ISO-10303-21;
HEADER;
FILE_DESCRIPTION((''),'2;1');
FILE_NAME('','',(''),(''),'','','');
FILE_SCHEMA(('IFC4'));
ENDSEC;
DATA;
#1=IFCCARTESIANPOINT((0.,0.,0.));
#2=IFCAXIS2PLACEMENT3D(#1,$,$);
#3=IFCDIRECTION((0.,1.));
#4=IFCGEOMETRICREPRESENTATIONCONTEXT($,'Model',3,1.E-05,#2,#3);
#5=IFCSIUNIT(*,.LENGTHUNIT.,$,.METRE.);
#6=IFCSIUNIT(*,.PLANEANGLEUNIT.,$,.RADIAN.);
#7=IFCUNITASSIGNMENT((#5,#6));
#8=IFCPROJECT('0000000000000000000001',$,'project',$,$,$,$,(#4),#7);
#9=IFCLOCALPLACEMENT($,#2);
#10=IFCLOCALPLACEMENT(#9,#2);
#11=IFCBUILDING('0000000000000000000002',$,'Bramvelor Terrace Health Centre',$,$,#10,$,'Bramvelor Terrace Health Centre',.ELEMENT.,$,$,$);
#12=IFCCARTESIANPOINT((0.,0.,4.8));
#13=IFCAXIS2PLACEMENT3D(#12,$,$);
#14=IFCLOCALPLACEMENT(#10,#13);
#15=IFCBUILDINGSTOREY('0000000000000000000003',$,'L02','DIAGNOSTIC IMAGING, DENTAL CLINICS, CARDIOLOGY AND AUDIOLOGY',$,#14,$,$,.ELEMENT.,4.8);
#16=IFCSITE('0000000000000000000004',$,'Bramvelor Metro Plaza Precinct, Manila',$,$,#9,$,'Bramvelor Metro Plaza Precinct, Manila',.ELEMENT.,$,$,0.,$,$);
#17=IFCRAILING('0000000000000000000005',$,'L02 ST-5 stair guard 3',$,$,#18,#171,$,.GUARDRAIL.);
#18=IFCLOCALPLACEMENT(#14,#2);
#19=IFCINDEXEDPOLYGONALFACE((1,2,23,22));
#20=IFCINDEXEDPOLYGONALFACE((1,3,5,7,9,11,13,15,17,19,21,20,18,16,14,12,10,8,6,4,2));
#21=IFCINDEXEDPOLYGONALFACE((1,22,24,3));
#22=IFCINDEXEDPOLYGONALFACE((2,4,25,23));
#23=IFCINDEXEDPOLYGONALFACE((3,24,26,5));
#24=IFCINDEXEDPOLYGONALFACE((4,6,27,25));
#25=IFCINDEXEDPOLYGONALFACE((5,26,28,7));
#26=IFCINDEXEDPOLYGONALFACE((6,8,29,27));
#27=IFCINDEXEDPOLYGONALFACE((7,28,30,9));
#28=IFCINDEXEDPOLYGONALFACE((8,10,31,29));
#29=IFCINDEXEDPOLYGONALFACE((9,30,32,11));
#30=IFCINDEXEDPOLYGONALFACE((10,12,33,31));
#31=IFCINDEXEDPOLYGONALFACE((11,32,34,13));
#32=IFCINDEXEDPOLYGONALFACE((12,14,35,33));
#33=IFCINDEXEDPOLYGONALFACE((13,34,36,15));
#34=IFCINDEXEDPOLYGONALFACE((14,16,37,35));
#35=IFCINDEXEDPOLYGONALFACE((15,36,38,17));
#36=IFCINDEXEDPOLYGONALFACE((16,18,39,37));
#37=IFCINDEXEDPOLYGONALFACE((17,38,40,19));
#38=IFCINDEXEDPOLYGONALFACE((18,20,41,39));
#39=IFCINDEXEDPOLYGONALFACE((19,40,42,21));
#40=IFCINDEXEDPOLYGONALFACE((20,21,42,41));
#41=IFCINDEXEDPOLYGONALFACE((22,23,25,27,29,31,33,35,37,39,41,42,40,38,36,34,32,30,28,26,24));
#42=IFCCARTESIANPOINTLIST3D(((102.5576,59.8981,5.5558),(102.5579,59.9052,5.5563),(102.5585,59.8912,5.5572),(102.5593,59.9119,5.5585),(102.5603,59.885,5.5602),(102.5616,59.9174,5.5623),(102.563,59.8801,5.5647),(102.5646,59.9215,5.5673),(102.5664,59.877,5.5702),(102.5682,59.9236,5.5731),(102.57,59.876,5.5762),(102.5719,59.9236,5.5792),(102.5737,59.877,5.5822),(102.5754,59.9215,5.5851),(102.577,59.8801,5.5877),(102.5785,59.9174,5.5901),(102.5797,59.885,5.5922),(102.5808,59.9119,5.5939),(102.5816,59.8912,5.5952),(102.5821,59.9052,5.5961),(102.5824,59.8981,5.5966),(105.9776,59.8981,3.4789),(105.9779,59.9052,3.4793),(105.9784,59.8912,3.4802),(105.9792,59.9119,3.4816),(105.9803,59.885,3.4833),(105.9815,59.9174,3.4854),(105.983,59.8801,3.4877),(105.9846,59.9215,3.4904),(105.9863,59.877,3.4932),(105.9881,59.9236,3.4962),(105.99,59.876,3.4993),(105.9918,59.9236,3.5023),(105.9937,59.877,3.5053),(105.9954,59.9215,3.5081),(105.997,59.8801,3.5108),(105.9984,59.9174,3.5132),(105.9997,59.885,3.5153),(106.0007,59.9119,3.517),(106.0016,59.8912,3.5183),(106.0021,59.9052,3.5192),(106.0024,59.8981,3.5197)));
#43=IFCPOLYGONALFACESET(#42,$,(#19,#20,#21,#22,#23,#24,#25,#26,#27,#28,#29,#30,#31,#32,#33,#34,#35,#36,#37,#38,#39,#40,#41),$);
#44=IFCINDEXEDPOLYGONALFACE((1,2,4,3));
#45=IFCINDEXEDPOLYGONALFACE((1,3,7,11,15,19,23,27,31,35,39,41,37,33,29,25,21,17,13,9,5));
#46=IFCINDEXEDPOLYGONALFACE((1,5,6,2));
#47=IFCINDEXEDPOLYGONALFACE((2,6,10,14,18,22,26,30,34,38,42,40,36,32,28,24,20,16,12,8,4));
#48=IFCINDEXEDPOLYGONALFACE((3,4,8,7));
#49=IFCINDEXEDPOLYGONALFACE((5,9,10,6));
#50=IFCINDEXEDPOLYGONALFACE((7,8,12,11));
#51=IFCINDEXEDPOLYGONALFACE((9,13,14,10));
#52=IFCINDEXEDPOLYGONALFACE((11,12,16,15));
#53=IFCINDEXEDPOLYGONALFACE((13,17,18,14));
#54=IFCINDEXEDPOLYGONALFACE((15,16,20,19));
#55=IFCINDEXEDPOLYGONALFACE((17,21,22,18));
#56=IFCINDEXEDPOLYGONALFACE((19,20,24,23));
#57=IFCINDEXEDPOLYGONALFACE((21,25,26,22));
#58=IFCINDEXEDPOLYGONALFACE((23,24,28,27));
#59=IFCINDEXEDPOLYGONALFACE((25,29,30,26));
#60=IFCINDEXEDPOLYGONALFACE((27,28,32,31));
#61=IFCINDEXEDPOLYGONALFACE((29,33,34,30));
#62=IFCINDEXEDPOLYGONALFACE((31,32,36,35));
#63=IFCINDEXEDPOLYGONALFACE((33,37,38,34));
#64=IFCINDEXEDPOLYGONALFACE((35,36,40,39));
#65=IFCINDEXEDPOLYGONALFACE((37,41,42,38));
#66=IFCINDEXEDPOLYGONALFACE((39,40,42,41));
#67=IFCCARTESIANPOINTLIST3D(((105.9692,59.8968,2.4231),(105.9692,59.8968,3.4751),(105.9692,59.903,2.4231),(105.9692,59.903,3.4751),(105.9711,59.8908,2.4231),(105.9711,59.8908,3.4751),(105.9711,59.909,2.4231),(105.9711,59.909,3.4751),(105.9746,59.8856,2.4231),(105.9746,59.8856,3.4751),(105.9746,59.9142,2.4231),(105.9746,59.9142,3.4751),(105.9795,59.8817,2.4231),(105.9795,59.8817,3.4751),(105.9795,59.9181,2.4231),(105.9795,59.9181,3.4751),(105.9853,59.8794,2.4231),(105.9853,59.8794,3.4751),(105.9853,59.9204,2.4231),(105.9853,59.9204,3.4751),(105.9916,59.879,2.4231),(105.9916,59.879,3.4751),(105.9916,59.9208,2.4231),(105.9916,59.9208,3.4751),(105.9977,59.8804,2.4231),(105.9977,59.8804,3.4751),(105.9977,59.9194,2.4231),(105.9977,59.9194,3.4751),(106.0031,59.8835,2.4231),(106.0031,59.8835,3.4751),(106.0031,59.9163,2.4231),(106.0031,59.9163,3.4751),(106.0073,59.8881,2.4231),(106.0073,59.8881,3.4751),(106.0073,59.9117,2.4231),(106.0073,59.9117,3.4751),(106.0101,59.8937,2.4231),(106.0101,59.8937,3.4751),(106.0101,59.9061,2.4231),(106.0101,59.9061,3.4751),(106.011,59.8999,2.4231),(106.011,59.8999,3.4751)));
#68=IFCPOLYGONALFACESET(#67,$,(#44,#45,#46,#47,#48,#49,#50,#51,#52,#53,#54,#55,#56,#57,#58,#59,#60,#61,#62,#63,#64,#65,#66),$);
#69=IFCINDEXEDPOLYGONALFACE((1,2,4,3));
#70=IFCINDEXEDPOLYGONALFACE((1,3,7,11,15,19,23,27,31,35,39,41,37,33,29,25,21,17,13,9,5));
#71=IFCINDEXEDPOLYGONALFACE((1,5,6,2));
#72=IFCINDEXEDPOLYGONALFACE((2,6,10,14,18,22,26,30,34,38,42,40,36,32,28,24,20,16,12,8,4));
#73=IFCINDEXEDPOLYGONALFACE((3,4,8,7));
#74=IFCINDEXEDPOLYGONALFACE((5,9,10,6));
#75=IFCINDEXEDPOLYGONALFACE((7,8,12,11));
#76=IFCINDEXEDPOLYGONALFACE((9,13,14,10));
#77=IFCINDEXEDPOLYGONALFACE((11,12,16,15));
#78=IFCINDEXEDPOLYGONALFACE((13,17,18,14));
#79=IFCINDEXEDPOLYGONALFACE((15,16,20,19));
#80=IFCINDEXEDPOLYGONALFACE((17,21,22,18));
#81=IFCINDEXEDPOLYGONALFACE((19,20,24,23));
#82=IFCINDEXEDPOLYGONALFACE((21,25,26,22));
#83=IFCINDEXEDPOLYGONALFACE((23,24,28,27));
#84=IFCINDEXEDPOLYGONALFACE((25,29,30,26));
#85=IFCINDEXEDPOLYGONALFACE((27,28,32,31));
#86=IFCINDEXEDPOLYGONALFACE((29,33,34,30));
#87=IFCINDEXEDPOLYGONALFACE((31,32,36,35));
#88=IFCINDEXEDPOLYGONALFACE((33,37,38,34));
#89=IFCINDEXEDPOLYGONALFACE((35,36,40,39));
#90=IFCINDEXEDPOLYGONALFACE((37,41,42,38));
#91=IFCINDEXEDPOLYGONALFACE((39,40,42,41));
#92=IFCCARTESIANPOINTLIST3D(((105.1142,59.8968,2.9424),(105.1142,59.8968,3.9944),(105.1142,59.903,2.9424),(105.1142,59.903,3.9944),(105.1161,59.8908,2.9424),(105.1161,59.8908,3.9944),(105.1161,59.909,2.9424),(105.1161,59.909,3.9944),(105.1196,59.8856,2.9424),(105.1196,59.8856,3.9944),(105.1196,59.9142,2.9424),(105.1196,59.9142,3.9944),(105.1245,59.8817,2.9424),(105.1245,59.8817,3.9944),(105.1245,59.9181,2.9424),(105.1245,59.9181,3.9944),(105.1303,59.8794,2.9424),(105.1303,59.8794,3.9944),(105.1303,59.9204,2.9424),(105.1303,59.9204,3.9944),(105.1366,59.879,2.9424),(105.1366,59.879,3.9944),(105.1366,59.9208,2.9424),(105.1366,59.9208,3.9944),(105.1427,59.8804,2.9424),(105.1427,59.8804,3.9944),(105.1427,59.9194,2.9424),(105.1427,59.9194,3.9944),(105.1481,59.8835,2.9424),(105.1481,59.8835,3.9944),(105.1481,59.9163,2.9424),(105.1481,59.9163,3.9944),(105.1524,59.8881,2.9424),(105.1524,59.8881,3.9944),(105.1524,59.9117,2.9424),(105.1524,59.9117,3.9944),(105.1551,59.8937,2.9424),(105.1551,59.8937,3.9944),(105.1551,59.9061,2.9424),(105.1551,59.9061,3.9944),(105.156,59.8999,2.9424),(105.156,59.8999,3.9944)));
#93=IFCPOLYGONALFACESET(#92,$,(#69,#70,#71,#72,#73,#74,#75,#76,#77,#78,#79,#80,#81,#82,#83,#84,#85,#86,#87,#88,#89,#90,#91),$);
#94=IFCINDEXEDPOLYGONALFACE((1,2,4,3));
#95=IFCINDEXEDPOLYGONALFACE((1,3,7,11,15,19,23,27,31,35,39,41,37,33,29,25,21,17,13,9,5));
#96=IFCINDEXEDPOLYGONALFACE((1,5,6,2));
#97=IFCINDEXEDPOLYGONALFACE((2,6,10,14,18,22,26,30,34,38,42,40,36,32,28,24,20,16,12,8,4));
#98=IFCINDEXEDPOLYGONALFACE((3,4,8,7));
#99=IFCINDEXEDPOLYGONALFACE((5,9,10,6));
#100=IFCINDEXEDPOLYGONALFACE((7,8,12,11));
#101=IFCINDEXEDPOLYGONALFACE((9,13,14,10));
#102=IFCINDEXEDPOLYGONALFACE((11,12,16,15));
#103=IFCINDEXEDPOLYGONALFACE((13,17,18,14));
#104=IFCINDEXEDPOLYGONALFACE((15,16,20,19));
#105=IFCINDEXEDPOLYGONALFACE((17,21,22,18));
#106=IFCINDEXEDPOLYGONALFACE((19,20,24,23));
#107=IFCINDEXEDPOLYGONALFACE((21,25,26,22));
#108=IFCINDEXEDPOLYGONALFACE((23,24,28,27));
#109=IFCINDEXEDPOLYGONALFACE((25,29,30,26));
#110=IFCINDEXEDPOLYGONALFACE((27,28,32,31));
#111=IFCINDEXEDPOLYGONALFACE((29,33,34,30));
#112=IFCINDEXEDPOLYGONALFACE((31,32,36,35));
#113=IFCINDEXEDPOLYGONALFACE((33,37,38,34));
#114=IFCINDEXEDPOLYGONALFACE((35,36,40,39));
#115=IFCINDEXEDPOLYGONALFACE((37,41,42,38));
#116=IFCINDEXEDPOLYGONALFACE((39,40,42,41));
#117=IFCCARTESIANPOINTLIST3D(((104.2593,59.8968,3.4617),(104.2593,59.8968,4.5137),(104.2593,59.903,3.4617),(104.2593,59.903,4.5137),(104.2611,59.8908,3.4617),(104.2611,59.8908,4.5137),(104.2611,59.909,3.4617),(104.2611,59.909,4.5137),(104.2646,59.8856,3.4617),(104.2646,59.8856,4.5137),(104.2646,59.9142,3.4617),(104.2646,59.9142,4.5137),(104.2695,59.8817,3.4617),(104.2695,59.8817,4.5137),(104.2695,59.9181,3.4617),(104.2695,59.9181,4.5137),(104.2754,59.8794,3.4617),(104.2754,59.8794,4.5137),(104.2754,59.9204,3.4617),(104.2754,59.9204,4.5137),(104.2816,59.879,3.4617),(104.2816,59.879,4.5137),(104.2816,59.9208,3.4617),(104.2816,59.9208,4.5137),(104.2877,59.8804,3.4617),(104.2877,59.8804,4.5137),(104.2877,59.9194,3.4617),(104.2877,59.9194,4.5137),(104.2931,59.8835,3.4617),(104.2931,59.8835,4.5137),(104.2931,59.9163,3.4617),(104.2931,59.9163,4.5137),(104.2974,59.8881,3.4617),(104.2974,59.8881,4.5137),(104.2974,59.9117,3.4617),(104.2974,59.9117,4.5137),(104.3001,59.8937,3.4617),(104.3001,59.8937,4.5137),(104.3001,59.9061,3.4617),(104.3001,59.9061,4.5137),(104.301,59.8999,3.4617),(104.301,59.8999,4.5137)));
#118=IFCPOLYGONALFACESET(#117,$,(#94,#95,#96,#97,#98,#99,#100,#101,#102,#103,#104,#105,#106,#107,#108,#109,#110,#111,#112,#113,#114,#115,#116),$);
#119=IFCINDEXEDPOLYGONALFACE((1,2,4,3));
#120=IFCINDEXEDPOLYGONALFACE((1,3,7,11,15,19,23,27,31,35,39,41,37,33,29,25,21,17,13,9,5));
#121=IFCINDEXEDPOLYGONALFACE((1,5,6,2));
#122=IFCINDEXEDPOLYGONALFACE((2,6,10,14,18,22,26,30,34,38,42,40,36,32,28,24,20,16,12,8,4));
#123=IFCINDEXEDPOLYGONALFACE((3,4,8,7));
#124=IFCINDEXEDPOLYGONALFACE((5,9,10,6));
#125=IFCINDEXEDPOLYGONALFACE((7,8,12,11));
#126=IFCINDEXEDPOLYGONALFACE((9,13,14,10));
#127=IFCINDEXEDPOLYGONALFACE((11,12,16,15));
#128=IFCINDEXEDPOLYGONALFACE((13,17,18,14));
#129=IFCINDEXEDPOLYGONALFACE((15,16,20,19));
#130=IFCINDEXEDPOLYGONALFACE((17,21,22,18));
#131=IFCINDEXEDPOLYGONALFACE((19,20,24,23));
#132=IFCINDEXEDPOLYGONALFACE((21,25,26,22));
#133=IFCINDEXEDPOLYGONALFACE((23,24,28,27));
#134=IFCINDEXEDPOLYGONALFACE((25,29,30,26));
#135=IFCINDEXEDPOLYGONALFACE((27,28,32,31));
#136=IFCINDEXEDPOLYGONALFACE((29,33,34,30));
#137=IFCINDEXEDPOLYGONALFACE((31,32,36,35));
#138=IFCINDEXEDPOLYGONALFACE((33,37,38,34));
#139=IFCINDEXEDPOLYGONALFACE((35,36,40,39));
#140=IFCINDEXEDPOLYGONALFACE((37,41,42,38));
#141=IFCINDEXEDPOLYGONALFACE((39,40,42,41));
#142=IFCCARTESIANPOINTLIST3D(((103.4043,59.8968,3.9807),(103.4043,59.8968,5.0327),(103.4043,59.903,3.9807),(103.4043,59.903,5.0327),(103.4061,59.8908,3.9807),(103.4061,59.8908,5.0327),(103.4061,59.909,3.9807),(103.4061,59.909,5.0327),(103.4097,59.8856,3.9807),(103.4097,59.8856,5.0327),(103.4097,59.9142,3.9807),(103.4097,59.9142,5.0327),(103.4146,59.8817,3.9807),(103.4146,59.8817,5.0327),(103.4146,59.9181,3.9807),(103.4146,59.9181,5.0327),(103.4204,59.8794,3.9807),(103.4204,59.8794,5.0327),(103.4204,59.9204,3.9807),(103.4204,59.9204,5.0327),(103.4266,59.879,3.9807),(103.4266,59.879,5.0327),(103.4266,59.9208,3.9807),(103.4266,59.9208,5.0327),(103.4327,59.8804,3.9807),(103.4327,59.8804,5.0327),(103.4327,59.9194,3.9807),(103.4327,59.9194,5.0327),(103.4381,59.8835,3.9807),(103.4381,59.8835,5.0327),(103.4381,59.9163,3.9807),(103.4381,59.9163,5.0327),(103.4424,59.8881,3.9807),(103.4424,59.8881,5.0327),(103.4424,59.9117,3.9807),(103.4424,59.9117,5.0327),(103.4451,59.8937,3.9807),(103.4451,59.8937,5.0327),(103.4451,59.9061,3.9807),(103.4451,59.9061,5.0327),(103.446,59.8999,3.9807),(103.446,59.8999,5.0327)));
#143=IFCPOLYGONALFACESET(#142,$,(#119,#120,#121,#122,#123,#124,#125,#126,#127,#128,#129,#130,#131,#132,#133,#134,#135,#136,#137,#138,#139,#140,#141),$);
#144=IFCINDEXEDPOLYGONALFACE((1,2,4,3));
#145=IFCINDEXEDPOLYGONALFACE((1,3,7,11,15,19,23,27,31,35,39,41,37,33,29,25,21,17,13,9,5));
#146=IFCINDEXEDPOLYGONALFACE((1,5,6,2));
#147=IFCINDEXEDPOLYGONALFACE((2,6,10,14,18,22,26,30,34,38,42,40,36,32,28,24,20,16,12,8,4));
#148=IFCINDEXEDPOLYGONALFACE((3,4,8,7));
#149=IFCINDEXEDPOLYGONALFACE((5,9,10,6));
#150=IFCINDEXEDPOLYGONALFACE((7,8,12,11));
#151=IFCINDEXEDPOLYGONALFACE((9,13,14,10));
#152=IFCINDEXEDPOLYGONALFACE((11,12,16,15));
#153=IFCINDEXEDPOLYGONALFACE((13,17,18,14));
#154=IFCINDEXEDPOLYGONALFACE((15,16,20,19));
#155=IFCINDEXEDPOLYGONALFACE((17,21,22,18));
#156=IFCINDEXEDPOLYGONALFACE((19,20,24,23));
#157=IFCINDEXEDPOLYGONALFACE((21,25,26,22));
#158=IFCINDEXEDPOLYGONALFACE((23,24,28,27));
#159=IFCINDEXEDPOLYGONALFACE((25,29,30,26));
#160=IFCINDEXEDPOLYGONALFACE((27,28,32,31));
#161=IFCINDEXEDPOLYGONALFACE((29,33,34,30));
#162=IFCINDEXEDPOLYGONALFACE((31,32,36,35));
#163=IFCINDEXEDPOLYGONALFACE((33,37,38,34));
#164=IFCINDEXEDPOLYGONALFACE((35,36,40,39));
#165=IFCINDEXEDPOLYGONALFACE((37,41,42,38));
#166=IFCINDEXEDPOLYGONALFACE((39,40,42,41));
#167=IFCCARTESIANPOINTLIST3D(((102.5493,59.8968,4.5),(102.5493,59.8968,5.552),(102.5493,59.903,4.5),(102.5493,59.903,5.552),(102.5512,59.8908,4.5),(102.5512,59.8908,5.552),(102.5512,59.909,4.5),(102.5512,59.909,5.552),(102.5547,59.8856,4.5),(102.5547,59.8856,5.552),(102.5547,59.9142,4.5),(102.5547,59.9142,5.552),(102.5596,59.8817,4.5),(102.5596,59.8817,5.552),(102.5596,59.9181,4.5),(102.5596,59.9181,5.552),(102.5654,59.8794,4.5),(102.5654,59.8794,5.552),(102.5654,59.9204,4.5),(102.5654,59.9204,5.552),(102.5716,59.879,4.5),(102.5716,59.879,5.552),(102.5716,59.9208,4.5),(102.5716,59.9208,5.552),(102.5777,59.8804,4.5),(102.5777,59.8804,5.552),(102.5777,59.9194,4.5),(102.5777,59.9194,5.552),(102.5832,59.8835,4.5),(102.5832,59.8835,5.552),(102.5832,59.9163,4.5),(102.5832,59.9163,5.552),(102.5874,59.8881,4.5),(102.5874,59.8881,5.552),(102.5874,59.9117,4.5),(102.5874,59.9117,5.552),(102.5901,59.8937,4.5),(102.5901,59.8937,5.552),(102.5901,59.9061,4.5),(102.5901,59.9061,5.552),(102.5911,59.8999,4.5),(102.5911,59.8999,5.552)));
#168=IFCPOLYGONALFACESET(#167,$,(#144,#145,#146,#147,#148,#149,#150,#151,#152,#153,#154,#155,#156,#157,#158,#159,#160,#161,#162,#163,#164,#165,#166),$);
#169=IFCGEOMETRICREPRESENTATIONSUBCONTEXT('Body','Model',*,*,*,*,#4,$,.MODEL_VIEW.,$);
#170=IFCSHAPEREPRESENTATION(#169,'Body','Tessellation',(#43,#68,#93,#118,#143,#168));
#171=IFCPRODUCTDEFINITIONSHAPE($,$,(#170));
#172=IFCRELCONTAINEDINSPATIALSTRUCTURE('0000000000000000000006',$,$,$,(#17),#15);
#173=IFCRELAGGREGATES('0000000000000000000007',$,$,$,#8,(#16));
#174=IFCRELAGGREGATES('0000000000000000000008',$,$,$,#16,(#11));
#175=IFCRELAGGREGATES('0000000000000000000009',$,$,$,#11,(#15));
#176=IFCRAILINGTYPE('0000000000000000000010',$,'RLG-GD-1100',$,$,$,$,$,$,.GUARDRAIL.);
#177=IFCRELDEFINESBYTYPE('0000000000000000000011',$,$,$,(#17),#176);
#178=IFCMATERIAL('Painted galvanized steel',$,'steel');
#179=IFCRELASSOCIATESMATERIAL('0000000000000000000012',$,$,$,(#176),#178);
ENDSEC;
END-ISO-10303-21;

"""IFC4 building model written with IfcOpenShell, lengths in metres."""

from ifc_helpers import new_model, si_unit, direction, frame, origin, origin_2d, place, context, subcontext, project, spatial, circle, extrude, material, type_object, element, save


model = new_model("IFC4")

# Units and contexts
model_context = context("Model", 3, precision=1e-05, world=origin(), true_north=direction((0.0, 1.0)))
body_context = subcontext(model_context, "Body", "Model", "MODEL_VIEW")
ifc_project = project(units=[si_unit("LENGTHUNIT", "METRE"), si_unit("PLANEANGLEUNIT", "RADIAN")], contexts=[model_context])

# Site, building, storey
site_placement = place(None, origin())
site = spatial("IfcSite", under=ifc_project, at=site_placement, Name="Bramvelor Metro Plaza Precinct, Manila", LongName="Bramvelor Metro Plaza Precinct, Manila", CompositionType="ELEMENT", RefElevation=0.0)
building_placement = place(site_placement, origin())
building = spatial("IfcBuilding", under=site, at=building_placement, Name="Bramvelor Terrace Health Centre", LongName="Bramvelor Terrace Health Centre", CompositionType="ELEMENT")
storey_placement = place(building_placement, frame((0.0, 0.0, 4.8)))
storey = spatial("IfcBuildingStorey", under=building, at=storey_placement, Name="L02", Description="DIAGNOSTIC IMAGING, DENTAL CLINICS, CARDIOLOGY AND AUDIOLOGY", CompositionType="ELEMENT", Elevation=4.8)

# Railing
ifc_material_1 = material(Name="Painted galvanized steel", Category="steel")
railing_type_1 = type_object("IfcRailingType", Name="RLG-GD-1100", PredefinedType="GUARDRAIL", material=ifc_material_1)
railing_1_placement = place(storey_placement, frame((105.99, 59.8999, 2.4231)))
element("IfcRailing", 1, at=railing_1_placement, inside=storey, type_object=railing_type_1, Name="L02 ST-5 stair guard 3", PredefinedType="GUARDRAIL", context=body_context, shape_type="SweptSolid", body=[
    extrude(circle(Radius=0.0239, at=origin_2d()), frame((0.0, 0.0, 1.0762), z_axis=(-0.85473, 0.0, 0.519074), x_axis=(0.0, -1.0, 0.0)), (0.0, 0.0, 1.0), 4.0012),
    extrude(circle(Radius=0.021, at=origin_2d()), origin(), (0.0, 0.0, 1.0), 1.052),
    extrude(circle(Radius=0.021, at=origin_2d()), frame((-0.855, 0.0, 0.5193)), (0.0, 0.0, 1.0), 1.052),
    extrude(circle(Radius=0.021, at=origin_2d()), frame((-1.71, 0.0, 1.0386)), (0.0, 0.0, 1.0), 1.052),
    extrude(circle(Radius=0.021, at=origin_2d()), frame((-2.5649, 0.0, 1.5576)), (0.0, 0.0, 1.0), 1.052),
    extrude(circle(Radius=0.021, at=origin_2d()), frame((-3.4199, 0.0, 2.0769)), (0.0, 0.0, 1.0), 1.052),
])

save(model, "model.ifc")
